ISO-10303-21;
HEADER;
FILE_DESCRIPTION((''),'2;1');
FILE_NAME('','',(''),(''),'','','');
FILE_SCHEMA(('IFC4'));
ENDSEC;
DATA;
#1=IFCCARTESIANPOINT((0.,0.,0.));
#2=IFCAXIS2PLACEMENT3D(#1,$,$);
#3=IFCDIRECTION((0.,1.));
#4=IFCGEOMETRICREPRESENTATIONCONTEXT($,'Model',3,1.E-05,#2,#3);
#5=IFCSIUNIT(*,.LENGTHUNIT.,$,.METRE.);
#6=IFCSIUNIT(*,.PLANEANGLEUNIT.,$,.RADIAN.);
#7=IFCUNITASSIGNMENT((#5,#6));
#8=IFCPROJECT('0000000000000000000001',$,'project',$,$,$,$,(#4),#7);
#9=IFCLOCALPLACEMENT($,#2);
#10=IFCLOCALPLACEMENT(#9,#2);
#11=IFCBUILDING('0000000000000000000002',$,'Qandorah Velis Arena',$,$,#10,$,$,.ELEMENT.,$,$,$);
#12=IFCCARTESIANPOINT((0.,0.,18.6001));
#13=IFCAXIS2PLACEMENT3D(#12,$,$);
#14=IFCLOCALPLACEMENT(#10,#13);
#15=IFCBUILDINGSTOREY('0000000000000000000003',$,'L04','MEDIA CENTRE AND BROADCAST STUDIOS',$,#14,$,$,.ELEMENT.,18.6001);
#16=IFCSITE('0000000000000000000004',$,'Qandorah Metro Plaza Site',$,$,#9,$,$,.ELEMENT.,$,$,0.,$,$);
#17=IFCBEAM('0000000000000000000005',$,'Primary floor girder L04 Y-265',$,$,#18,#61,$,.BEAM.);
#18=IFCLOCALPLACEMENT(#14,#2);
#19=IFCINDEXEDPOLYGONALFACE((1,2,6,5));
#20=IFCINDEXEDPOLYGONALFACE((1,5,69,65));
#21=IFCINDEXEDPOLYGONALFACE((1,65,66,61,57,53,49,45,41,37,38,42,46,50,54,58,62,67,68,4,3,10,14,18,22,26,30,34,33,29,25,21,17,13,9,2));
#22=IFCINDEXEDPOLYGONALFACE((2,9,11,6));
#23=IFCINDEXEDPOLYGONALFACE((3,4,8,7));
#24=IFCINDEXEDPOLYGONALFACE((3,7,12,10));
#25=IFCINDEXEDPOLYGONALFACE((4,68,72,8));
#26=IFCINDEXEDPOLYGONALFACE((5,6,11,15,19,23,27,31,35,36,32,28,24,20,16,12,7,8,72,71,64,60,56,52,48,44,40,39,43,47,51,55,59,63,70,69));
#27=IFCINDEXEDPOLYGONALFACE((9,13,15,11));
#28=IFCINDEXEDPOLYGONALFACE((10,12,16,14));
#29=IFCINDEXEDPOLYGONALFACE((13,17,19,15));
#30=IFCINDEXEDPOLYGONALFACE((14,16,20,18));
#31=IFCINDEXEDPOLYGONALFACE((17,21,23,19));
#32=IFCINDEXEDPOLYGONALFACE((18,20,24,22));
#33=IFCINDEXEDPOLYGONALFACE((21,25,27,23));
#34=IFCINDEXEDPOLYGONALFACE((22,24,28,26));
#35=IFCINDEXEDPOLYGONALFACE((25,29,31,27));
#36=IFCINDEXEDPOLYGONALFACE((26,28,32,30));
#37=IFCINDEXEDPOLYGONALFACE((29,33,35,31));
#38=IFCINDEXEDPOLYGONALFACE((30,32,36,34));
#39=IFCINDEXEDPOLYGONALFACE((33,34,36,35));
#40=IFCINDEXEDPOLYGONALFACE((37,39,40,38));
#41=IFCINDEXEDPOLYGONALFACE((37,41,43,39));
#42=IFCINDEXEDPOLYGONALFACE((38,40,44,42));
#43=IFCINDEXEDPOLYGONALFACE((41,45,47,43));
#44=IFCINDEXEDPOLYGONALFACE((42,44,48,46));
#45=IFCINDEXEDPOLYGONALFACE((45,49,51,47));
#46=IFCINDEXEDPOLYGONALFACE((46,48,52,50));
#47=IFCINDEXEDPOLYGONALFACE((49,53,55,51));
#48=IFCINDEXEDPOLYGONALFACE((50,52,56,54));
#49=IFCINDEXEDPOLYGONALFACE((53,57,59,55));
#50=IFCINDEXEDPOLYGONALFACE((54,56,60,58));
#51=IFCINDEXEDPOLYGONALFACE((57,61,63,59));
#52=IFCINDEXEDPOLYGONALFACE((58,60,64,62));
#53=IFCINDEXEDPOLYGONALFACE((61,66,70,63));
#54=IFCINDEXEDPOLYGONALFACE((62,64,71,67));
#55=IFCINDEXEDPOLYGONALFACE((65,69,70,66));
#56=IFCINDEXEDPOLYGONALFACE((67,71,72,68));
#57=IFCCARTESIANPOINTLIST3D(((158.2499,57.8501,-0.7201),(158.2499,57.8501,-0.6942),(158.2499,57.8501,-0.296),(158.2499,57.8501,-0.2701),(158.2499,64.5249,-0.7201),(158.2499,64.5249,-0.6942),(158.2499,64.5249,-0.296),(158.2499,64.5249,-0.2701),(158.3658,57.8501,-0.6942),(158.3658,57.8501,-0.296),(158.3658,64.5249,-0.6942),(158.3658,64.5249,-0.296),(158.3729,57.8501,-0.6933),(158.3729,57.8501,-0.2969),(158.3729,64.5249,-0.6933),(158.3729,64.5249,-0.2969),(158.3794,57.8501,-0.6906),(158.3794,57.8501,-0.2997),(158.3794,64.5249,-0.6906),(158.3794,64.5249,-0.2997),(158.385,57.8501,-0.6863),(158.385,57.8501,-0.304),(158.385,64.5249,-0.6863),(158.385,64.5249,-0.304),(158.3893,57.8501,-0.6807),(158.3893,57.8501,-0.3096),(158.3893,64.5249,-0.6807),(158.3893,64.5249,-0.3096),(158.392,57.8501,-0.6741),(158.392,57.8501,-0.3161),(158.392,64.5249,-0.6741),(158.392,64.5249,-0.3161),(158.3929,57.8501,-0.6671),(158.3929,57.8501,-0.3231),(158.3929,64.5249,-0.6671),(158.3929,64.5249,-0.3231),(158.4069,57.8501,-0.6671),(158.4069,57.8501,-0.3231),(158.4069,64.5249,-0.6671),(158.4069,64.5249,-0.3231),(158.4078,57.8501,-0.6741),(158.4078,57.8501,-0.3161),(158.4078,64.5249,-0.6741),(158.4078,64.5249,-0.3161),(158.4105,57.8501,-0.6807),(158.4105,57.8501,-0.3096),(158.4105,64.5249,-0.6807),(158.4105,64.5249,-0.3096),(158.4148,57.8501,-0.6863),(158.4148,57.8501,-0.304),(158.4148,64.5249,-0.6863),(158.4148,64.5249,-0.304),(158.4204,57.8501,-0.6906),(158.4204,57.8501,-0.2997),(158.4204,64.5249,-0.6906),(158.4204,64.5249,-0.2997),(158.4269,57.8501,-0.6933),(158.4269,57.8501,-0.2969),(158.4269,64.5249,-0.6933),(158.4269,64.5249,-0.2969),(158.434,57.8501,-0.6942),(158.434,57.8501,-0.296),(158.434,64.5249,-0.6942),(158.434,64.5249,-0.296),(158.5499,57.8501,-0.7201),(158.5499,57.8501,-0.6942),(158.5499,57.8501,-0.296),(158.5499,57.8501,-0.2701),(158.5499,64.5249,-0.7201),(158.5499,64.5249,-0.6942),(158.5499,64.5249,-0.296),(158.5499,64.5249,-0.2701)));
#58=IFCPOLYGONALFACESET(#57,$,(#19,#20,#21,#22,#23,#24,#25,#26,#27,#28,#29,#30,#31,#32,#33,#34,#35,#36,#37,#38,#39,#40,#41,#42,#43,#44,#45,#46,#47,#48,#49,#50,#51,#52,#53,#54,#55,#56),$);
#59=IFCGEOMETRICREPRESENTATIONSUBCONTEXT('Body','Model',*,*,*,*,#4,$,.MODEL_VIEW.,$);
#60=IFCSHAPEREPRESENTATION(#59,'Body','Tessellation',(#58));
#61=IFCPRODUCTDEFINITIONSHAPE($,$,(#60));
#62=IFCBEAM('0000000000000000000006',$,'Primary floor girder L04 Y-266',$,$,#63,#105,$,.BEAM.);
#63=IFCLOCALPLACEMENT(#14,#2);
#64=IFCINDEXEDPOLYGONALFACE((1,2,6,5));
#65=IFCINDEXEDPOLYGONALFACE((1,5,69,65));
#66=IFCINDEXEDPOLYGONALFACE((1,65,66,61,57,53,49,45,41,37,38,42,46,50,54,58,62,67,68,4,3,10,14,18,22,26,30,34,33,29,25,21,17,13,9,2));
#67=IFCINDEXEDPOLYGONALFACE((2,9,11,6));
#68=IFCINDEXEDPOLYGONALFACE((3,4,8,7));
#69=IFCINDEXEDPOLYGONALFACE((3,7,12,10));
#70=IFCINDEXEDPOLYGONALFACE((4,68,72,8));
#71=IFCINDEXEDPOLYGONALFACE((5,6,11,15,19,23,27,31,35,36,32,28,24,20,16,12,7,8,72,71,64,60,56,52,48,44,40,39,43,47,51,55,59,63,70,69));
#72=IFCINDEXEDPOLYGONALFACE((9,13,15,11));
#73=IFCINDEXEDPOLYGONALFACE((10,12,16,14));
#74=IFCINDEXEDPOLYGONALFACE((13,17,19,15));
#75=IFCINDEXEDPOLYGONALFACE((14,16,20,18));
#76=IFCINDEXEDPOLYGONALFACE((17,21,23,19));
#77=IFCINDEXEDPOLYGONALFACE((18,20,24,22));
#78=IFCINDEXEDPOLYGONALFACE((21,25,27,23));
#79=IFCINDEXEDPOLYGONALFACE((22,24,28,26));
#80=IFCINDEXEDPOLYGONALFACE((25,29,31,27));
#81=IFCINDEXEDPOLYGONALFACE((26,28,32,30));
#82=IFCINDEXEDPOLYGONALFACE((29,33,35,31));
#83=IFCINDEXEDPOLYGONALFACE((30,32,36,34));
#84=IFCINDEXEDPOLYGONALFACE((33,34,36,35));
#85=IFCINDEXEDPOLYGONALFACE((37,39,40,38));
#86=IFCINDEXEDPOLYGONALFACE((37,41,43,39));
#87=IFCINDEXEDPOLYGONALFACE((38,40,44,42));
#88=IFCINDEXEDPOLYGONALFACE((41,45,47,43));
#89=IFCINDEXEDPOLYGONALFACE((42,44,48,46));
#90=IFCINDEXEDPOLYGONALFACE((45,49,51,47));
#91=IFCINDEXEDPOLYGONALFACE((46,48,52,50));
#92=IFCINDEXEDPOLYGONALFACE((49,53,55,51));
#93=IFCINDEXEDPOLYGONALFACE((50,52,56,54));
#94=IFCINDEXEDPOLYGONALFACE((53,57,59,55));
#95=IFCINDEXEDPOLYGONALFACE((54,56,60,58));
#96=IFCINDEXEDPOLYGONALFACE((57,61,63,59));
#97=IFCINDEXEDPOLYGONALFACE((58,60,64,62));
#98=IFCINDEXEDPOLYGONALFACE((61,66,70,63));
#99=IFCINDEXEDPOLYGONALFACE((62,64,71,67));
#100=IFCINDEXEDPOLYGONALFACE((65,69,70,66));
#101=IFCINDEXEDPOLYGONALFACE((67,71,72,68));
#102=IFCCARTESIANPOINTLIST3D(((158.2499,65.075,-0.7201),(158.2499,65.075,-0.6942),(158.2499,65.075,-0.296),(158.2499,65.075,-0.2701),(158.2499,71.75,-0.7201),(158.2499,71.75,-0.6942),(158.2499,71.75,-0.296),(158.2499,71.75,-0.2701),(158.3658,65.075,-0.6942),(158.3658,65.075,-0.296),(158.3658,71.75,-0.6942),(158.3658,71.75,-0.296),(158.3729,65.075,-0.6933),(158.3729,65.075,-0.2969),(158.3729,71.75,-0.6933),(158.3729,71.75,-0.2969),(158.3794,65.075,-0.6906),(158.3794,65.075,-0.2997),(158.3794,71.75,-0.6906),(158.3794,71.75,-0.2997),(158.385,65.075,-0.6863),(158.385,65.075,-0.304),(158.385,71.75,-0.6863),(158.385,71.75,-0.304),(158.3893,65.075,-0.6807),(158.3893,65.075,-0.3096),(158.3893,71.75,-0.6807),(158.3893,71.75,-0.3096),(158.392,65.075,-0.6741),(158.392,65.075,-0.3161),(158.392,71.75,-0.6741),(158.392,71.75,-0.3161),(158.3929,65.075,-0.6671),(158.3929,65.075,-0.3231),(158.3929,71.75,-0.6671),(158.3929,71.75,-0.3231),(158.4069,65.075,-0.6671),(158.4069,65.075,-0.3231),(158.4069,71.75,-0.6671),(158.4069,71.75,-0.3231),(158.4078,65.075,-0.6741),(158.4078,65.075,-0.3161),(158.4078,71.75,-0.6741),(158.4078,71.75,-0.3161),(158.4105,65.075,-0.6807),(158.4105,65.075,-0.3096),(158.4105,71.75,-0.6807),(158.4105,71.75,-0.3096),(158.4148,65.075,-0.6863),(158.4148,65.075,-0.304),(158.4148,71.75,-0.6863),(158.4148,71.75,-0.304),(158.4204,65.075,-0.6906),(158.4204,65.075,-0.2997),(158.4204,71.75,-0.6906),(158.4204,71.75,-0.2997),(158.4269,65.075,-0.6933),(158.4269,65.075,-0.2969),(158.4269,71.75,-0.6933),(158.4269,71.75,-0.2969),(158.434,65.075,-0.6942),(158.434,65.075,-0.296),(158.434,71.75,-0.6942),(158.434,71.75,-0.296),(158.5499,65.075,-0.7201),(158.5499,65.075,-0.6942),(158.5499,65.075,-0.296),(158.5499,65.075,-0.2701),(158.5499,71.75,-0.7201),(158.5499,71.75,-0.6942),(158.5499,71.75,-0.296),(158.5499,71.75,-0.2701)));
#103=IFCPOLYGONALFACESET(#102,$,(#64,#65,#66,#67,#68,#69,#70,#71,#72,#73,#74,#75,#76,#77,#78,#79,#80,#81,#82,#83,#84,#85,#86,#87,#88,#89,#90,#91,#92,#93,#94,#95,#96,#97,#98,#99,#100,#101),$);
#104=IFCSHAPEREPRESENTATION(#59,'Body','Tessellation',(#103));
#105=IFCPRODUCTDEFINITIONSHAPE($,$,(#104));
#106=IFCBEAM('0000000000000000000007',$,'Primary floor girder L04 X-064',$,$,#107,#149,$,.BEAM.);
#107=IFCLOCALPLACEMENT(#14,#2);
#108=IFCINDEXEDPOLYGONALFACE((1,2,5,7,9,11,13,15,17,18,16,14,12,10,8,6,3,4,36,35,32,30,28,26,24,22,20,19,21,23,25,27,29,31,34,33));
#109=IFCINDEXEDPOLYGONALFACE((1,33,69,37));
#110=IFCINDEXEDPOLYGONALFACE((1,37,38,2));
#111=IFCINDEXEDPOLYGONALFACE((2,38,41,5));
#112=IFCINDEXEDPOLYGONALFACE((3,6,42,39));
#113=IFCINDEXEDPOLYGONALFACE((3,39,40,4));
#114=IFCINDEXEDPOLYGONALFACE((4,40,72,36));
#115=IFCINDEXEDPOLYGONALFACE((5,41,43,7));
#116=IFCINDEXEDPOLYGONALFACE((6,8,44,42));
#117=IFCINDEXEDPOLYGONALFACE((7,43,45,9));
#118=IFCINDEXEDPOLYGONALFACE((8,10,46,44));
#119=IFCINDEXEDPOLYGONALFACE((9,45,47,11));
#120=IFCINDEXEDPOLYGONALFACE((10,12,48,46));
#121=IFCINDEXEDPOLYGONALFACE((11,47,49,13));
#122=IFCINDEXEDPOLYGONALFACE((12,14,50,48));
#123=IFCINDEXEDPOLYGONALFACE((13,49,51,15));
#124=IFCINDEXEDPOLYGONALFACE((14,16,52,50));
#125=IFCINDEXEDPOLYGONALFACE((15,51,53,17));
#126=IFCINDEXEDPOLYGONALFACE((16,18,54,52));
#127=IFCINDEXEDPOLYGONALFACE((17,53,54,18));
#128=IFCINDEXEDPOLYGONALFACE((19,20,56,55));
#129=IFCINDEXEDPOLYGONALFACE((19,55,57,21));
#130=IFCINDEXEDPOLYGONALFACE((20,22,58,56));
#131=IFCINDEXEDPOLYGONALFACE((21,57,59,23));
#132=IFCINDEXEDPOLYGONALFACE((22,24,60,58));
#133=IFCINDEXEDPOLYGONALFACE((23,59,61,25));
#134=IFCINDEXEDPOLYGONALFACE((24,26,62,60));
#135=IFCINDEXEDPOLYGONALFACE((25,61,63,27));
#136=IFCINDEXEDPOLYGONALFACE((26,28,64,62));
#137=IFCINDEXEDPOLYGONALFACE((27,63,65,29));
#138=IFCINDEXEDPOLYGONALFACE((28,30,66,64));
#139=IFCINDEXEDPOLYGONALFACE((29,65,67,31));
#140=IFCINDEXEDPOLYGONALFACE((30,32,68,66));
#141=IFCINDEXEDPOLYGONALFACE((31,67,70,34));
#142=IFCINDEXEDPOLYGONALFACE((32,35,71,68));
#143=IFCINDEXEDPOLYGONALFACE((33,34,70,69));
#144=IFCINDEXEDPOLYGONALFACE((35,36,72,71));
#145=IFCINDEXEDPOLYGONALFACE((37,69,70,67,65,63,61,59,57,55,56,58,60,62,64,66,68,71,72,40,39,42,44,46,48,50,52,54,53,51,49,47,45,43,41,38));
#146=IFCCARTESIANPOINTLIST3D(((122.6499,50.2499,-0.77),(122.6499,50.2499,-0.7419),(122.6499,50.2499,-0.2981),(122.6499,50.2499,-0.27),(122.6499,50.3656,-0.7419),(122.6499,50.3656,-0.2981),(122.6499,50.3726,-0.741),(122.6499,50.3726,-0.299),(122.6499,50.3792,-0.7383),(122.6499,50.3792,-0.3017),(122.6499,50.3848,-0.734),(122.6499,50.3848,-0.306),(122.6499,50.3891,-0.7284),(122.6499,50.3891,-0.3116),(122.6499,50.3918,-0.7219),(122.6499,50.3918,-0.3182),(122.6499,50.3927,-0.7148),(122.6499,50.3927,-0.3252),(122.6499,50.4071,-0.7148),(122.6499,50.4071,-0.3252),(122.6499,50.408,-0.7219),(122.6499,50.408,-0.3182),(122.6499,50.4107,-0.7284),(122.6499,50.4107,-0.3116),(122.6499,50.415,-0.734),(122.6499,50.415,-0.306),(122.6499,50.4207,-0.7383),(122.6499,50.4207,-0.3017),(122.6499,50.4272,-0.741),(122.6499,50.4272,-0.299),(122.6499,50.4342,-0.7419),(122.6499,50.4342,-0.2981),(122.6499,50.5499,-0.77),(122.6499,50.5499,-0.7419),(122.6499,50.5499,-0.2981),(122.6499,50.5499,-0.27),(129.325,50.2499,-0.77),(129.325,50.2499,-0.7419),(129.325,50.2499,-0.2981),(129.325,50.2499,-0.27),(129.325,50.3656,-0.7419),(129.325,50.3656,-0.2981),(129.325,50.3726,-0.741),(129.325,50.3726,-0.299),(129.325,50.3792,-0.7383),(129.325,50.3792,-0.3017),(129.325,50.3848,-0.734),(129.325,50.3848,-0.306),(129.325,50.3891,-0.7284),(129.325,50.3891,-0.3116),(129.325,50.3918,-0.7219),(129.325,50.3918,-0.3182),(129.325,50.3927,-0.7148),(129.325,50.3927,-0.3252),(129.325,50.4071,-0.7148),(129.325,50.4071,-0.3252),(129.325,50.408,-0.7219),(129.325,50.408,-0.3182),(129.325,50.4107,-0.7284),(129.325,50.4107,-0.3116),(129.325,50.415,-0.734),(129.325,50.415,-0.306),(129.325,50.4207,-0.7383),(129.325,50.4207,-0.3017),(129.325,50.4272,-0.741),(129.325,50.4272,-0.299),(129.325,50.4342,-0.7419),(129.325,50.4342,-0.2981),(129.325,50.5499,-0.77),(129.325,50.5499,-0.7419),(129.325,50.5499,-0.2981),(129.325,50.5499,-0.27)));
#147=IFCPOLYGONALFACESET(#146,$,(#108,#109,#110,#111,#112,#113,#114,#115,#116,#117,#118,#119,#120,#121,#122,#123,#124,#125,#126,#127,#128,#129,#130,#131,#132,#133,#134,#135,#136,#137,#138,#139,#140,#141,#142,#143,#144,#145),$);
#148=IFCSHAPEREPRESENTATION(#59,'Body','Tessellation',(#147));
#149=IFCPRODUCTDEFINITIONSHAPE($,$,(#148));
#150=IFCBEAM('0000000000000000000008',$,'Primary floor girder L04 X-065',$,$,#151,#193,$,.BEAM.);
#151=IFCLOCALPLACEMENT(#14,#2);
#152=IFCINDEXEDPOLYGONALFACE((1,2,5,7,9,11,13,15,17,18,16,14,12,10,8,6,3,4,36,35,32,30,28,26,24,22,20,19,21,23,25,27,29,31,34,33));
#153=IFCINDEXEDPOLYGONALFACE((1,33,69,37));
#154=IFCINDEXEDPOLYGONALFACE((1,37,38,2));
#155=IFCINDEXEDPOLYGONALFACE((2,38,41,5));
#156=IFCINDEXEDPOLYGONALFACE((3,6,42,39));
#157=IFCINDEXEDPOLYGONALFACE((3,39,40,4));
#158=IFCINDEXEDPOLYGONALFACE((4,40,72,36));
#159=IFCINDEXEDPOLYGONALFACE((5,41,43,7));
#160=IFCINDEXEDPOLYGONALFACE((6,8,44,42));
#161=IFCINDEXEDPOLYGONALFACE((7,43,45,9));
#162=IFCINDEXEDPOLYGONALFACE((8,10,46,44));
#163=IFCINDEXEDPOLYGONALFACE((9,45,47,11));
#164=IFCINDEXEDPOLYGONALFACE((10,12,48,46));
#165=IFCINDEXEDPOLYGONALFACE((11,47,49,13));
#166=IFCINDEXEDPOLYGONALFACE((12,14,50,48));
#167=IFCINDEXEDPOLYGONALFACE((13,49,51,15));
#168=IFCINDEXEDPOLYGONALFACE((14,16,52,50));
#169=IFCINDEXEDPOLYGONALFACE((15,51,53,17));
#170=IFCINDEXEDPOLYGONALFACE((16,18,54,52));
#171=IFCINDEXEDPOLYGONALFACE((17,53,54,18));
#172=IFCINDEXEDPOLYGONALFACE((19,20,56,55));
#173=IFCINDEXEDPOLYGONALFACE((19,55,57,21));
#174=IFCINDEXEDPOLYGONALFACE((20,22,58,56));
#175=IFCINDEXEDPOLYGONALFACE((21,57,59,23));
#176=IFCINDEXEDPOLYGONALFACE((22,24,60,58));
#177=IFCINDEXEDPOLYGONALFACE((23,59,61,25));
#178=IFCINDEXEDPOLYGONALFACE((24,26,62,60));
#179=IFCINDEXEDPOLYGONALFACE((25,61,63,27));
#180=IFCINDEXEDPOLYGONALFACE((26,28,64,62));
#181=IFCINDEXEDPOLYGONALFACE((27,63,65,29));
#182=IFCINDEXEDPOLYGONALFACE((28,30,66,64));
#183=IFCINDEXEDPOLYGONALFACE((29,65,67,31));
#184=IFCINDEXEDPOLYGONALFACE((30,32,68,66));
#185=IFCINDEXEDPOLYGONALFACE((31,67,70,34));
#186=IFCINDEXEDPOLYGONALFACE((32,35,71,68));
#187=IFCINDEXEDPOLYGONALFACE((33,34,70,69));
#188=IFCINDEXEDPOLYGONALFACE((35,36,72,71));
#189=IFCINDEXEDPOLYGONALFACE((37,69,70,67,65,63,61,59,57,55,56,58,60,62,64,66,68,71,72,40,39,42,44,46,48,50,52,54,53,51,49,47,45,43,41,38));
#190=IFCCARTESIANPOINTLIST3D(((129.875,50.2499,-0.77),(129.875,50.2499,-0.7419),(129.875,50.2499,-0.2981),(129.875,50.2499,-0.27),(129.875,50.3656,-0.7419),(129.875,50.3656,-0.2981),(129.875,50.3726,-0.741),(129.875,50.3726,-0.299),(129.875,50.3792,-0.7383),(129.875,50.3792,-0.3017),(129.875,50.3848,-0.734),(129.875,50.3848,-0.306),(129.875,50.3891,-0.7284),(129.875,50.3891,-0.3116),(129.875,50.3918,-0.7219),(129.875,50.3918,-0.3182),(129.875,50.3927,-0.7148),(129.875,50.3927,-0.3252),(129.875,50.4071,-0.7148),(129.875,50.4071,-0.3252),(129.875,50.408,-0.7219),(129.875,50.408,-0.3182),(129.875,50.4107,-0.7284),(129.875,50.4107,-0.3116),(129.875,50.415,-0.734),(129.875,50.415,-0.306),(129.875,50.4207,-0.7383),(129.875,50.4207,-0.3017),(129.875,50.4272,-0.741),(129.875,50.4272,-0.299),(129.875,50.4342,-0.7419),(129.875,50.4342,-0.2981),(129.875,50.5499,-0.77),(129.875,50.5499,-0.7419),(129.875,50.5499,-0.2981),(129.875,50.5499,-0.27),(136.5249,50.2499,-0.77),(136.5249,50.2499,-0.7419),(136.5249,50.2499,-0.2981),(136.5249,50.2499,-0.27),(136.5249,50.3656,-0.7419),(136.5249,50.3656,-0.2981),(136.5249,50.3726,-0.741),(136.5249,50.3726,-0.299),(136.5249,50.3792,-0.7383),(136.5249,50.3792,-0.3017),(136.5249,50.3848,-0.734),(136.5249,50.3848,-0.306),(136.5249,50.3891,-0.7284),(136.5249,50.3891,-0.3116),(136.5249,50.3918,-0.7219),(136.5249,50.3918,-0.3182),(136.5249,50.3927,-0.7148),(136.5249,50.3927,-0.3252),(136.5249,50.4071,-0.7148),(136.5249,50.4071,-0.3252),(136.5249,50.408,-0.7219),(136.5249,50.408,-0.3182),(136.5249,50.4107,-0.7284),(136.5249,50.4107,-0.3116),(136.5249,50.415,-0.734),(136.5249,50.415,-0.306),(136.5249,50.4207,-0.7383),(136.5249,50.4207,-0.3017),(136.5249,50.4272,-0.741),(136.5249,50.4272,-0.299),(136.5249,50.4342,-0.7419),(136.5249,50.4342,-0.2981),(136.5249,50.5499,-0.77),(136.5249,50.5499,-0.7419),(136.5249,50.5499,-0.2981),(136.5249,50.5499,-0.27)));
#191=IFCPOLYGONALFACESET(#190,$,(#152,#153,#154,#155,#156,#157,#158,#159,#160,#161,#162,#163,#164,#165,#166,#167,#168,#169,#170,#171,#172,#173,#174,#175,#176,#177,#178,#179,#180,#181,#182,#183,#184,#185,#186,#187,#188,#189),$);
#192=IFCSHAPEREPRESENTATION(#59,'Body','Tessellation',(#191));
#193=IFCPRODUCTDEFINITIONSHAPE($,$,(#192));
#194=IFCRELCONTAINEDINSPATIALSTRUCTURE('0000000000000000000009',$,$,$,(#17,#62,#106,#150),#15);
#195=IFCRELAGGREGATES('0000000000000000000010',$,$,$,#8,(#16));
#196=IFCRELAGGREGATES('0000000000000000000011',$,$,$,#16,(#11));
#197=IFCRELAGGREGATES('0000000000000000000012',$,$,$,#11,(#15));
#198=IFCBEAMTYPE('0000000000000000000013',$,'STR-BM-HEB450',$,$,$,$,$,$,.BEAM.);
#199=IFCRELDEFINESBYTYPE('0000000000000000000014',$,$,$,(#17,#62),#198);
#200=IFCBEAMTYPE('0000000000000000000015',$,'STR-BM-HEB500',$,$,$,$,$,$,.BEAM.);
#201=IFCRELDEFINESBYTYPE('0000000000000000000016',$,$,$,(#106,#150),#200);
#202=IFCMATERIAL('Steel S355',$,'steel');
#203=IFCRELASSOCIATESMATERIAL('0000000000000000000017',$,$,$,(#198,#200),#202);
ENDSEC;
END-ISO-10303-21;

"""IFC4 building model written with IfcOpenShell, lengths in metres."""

from ifc_helpers import new_model, si_unit, direction, frame, origin, origin_2d, place, context, subcontext, project, spatial, i_section, extrude, material, material_profile, profile_set, type_object, element, save


model = new_model("IFC4")

# Units and contexts
model_context = context("Model", 3, precision=1e-05, world=origin(), true_north=direction((0.0, 1.0)))
body_context = subcontext(model_context, "Body", "Model", "MODEL_VIEW")
ifc_project = project(units=[si_unit("LENGTHUNIT", "METRE"), si_unit("PLANEANGLEUNIT", "RADIAN")], contexts=[model_context])

# Site, building, storey
site_placement = place(None, origin())
site = spatial("IfcSite", under=ifc_project, at=site_placement, Name="Qandorah Metro Plaza Site", CompositionType="ELEMENT", RefElevation=0.0)
building_placement = place(site_placement, origin())
building = spatial("IfcBuilding", under=site, at=building_placement, Name="Qandorah Velis Arena", CompositionType="ELEMENT")
storey_placement = place(building_placement, frame((0.0, 0.0, 18.6001)))
storey = spatial("IfcBuildingStorey", under=building, at=storey_placement, Name="L04", Description="MEDIA CENTRE AND BROADCAST STUDIOS", CompositionType="ELEMENT", Elevation=18.6001)

# Beams
ifc_material_1 = material(Name="Steel S355", Category="steel")
ifc_material_profile_1 = material_profile(ifc_material_1, i_section(OverallWidth=0.3, OverallDepth=0.45, WebThickness=0.0139, FlangeThickness=0.0259, FilletRadius=0.0271, at=origin_2d()), Name="HEB 450")
ifc_profile_set_1 = profile_set([ifc_material_profile_1], Name="Steel S355")
beam_type_1 = type_object("IfcBeamType", Name="STR-BM-HEB450", PredefinedType="BEAM", material=ifc_profile_set_1)
beam_1_placement = place(storey_placement, frame((158.3999, 57.8501, -0.4951), z_axis=(0.0, 1.0, 0.0), x_axis=(-1.0, 0.0, 0.0)))
element("IfcBeam", 1, at=beam_1_placement, inside=storey, type_object=beam_type_1, Name="Primary floor girder L04 Y-265", PredefinedType="BEAM", context=body_context, shape_type="SweptSolid", body=[
    extrude(i_section(OverallWidth=0.3, OverallDepth=0.45, WebThickness=0.0139, FlangeThickness=0.0259, FilletRadius=0.0271, at=origin_2d()), origin(), (0.0, 0.0, 1.0), 6.6748),
])
beam_2_placement = place(storey_placement, frame((158.3999, 65.075, -0.4951), z_axis=(0.0, 1.0, 0.0), x_axis=(-1.0, 0.0, 0.0)))
element("IfcBeam", 2, at=beam_2_placement, inside=storey, type_object=beam_type_1, Name="Primary floor girder L04 Y-266", PredefinedType="BEAM", context=body_context, shape_type="SweptSolid", body=[
    extrude(i_section(OverallWidth=0.3, OverallDepth=0.45, WebThickness=0.0139, FlangeThickness=0.0259, FilletRadius=0.0271, at=origin_2d()), origin(), (0.0, 0.0, 1.0), 6.675),
])
ifc_material_profile_2 = material_profile(ifc_material_1, i_section(OverallWidth=0.3, OverallDepth=0.5, WebThickness=0.0144, FlangeThickness=0.0281, FilletRadius=0.0271, at=origin_2d()), Name="HEB 500")
ifc_profile_set_2 = profile_set([ifc_material_profile_2], Name="Steel S355")
beam_type_2 = type_object("IfcBeamType", Name="STR-BM-HEB500", PredefinedType="BEAM", material=ifc_profile_set_2)
beam_3_placement = place(storey_placement, frame((122.6499, 50.3999, -0.52), z_axis=(1.0, 0.0, 0.0), x_axis=(0.0, 1.0, 0.0)))
element("IfcBeam", 3, at=beam_3_placement, inside=storey, type_object=beam_type_2, Name="Primary floor girder L04 X-064", PredefinedType="BEAM", context=body_context, shape_type="SweptSolid", body=[
    extrude(i_section(OverallWidth=0.3, OverallDepth=0.5, WebThickness=0.0144, FlangeThickness=0.0281, FilletRadius=0.0271, at=origin_2d()), origin(), (0.0, 0.0, 1.0), 6.675),
])
beam_4_placement = place(storey_placement, frame((129.875, 50.3999, -0.52), z_axis=(1.0, 0.0, 0.0), x_axis=(0.0, 1.0, 0.0)))
element("IfcBeam", 4, at=beam_4_placement, inside=storey, type_object=beam_type_2, Name="Primary floor girder L04 X-065", PredefinedType="BEAM", context=body_context, shape_type="SweptSolid", body=[
    extrude(i_section(OverallWidth=0.3, OverallDepth=0.5, WebThickness=0.0144, FlangeThickness=0.0281, FilletRadius=0.0271, at=origin_2d()), origin(), (0.0, 0.0, 1.0), 6.6499),
])

save(model, "model.ifc")
